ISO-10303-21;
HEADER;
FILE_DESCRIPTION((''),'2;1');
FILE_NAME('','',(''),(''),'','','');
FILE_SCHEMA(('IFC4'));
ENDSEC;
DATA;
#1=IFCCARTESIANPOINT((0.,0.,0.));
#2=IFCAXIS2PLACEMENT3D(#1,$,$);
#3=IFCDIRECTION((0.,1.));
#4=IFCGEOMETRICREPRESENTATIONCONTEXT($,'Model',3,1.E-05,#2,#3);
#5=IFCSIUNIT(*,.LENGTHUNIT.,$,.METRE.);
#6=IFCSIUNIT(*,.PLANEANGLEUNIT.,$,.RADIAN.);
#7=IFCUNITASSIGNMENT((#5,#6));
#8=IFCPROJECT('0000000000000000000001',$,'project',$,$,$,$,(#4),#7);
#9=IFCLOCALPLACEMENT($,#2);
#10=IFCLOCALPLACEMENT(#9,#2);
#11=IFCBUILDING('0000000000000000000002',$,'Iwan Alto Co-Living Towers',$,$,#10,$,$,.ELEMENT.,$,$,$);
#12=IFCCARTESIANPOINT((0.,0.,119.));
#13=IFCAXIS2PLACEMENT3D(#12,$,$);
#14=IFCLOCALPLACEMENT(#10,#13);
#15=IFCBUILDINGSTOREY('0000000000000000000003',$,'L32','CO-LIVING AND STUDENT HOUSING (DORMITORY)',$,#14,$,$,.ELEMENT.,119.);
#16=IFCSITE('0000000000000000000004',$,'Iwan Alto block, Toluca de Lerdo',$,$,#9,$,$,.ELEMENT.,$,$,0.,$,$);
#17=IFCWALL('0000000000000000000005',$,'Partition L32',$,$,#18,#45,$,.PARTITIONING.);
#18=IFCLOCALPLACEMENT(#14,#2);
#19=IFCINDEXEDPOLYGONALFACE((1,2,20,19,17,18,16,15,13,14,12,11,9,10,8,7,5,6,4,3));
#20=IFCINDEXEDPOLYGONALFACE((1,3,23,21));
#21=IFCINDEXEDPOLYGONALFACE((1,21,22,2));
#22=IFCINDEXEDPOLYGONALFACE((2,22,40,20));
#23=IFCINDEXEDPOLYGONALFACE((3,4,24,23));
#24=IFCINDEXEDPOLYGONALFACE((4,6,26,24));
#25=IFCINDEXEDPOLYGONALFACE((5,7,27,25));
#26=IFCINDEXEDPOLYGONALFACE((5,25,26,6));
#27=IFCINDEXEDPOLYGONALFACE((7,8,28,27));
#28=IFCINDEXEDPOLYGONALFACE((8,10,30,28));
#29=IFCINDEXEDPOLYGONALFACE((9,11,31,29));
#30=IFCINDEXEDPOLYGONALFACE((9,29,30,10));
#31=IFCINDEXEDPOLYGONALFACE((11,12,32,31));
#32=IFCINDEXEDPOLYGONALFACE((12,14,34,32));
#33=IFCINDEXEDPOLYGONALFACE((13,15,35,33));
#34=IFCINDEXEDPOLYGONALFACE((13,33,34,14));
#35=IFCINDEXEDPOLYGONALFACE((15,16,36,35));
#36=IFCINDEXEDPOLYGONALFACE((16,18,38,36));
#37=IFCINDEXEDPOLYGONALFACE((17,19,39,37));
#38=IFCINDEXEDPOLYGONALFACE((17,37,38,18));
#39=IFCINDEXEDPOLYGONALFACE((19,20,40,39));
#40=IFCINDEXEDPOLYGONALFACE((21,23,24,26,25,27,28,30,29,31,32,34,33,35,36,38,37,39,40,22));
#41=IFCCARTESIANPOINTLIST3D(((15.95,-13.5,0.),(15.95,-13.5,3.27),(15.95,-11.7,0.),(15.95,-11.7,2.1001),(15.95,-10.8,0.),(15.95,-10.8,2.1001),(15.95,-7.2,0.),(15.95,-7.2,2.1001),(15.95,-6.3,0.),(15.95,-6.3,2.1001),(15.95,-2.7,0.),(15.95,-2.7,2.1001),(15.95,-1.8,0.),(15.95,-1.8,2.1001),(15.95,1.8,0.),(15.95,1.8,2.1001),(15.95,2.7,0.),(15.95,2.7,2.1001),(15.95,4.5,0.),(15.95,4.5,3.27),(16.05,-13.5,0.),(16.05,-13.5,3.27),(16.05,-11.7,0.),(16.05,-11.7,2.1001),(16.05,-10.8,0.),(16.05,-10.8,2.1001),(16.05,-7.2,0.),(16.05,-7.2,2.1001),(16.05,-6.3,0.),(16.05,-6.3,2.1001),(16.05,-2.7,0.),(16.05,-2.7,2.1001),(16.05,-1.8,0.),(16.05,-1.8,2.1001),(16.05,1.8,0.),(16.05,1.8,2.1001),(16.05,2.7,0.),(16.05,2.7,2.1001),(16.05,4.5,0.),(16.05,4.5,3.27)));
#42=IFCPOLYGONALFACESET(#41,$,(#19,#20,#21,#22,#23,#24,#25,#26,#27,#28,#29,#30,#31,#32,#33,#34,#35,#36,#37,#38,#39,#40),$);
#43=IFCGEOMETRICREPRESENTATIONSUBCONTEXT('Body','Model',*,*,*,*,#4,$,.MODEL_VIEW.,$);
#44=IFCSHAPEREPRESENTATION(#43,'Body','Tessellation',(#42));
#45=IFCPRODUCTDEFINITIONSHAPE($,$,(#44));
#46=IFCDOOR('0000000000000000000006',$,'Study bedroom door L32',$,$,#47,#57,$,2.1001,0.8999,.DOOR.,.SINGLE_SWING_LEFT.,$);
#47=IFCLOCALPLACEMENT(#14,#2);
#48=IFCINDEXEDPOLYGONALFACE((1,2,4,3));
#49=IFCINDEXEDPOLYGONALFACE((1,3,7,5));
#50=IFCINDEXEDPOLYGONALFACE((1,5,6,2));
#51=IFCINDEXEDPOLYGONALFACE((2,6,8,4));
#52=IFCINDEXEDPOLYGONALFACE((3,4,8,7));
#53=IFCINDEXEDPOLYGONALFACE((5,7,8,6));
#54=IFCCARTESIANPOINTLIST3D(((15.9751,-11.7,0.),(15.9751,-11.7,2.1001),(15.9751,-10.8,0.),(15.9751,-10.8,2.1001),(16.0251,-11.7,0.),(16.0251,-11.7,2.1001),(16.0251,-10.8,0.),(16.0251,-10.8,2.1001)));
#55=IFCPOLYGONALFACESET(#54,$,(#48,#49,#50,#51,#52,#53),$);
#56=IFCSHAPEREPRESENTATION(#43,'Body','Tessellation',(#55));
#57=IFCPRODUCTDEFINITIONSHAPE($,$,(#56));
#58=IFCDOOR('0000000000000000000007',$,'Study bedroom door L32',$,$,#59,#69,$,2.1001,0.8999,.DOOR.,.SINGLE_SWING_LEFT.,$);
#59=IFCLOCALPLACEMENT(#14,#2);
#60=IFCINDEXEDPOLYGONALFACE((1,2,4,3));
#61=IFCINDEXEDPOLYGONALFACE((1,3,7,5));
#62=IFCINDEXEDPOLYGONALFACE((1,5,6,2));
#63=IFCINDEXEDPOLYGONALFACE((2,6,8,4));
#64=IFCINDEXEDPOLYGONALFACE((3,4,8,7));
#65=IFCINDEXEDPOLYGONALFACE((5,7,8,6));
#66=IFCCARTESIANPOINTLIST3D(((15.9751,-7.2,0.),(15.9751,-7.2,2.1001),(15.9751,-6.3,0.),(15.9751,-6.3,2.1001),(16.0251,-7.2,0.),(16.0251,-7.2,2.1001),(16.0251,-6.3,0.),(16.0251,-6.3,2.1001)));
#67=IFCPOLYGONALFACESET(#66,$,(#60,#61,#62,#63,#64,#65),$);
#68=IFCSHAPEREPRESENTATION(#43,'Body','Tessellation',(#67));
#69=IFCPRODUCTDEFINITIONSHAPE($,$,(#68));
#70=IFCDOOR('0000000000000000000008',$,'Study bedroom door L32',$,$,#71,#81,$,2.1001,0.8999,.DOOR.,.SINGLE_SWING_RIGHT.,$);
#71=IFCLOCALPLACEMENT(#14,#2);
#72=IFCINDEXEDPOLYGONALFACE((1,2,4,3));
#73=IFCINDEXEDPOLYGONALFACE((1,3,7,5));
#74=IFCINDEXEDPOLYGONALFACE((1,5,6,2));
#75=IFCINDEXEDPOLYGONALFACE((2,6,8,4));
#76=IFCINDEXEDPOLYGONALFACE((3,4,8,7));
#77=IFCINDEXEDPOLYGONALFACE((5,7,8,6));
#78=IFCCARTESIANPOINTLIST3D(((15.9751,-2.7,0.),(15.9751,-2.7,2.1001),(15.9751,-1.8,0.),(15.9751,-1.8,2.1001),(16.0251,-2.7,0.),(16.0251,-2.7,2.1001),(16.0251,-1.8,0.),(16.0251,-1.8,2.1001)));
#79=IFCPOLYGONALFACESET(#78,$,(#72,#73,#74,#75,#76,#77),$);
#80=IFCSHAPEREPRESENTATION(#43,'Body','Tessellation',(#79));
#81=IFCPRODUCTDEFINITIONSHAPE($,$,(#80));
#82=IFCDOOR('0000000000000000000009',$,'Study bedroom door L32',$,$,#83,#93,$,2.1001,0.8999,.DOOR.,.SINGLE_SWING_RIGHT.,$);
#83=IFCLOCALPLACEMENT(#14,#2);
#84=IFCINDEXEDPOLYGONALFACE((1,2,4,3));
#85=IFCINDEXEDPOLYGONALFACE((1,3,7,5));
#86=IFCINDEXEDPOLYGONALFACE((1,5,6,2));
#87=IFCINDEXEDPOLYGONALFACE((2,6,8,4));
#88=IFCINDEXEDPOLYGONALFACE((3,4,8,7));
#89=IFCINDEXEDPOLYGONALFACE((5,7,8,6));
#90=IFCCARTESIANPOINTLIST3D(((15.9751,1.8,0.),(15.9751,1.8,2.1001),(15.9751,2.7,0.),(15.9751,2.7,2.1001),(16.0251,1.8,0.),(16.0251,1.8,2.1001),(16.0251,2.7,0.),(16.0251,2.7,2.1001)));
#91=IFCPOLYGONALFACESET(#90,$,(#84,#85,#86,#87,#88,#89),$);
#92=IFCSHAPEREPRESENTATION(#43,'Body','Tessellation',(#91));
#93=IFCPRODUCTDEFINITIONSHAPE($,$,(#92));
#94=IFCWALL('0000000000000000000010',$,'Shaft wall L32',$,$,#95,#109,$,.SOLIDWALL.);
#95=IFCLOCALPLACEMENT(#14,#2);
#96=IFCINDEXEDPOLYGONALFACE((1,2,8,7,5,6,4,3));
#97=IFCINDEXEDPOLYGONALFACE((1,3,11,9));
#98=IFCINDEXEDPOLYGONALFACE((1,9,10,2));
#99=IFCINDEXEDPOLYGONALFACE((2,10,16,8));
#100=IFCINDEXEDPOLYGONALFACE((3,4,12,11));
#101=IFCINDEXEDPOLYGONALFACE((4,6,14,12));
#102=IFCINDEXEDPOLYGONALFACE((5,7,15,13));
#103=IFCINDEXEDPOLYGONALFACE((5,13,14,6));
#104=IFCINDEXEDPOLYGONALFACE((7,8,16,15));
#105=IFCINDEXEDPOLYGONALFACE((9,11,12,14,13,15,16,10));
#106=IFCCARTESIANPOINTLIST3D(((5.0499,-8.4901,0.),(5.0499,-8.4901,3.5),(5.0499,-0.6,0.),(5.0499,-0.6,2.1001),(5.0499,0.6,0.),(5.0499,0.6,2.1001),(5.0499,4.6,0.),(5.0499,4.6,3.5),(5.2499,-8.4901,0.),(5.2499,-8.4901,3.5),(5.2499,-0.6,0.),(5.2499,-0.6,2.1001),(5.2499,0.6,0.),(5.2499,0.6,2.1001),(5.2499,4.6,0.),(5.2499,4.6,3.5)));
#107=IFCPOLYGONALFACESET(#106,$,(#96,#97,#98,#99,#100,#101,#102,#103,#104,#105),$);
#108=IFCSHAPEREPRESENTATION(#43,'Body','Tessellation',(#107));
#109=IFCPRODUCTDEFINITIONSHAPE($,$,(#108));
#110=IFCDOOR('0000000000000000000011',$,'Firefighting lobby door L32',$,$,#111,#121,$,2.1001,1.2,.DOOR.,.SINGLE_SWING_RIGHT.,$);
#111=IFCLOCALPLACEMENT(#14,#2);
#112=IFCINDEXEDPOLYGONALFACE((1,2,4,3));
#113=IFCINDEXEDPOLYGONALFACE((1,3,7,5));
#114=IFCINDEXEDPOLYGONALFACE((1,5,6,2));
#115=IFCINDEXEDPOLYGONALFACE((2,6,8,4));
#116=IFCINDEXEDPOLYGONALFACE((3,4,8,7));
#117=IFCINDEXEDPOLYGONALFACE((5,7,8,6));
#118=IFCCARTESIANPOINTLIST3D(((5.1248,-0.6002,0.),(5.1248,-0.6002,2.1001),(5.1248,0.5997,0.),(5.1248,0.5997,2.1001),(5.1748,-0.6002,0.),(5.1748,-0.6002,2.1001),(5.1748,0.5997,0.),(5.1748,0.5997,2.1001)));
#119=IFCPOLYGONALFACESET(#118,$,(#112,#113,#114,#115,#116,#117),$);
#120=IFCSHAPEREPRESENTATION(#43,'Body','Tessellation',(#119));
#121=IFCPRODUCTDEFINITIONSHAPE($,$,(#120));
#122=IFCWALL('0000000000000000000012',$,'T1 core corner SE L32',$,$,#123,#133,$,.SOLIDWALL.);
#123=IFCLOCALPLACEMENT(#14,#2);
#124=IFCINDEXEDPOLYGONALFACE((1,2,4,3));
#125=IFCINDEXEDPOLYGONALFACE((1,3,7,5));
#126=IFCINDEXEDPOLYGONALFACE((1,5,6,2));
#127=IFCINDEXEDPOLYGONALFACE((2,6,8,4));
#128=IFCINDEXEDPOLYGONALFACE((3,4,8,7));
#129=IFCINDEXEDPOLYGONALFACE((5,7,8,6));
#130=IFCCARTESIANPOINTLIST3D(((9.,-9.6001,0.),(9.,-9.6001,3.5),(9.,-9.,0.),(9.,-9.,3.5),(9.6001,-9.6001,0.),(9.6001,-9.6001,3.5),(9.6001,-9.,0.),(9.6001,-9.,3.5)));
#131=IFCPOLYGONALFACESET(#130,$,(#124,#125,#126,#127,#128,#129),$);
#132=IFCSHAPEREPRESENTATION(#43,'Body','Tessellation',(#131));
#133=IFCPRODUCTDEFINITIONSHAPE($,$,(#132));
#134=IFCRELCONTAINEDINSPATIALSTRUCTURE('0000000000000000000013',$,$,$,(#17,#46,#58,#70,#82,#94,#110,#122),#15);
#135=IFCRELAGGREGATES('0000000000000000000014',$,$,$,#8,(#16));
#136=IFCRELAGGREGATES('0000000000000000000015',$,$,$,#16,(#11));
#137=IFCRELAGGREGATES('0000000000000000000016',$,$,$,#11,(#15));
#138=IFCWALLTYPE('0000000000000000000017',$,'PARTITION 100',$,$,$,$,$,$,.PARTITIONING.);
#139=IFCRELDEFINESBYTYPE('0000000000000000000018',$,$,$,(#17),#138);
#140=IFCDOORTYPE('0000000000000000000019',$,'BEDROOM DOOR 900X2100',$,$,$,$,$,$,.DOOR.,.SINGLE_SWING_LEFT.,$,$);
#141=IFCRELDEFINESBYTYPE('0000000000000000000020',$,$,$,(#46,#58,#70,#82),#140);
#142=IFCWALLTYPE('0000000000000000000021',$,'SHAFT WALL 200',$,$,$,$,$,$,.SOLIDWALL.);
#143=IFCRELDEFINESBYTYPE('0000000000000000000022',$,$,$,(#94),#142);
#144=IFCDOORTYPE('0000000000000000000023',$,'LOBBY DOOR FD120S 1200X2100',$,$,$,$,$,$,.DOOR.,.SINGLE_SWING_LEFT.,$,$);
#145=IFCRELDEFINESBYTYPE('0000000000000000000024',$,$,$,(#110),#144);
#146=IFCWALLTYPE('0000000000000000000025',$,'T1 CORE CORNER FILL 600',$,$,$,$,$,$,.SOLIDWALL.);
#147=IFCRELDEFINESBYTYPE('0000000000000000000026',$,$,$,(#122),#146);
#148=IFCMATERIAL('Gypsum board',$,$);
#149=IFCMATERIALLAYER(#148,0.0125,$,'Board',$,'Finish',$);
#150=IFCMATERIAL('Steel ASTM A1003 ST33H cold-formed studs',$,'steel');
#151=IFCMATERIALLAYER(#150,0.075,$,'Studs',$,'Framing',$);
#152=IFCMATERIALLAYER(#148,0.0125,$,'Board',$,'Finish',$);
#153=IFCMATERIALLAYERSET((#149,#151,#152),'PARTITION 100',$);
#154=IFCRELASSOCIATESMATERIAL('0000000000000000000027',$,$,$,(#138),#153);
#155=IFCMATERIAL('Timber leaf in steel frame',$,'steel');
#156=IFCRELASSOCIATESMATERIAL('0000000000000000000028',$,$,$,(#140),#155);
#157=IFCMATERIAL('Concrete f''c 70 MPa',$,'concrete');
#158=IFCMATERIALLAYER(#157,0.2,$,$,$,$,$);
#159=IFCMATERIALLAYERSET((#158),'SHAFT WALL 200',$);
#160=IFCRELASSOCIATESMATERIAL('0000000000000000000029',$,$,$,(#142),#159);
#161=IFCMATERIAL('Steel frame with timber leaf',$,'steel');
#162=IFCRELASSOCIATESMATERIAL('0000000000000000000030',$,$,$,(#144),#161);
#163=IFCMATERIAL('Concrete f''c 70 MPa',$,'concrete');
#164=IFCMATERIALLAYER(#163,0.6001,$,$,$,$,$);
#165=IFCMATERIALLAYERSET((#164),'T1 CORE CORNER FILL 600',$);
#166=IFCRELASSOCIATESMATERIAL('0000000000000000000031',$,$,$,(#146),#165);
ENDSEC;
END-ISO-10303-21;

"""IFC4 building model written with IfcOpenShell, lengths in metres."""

from ifc_helpers import new_model, si_unit, direction, frame, frame_2d, origin, place, context, subcontext, project, spatial, rectangle, extrude, material, layer, layer_set, type_object, element, fill, save


model = new_model("IFC4")

# Units and contexts
model_context = context("Model", 3, precision=1e-05, world=origin(), true_north=direction((0.0, 1.0)))
body_context = subcontext(model_context, "Body", "Model", "MODEL_VIEW")
ifc_project = project(units=[si_unit("LENGTHUNIT", "METRE"), si_unit("PLANEANGLEUNIT", "RADIAN")], contexts=[model_context])

# Site, building, storey
site_placement = place(None, origin())
site = spatial("IfcSite", under=ifc_project, at=site_placement, Name="Iwan Alto block, Toluca de Lerdo", CompositionType="ELEMENT", RefElevation=0.0)
building_placement = place(site_placement, origin())
building = spatial("IfcBuilding", under=site, at=building_placement, Name="Iwan Alto Co-Living Towers", CompositionType="ELEMENT")
storey_placement = place(building_placement, frame((0.0, 0.0, 119.0)))
storey = spatial("IfcBuildingStorey", under=building, at=storey_placement, Name="L32", Description="CO-LIVING AND STUDENT HOUSING (DORMITORY)", CompositionType="ELEMENT", Elevation=119.0)

# Shared definitions
ifc_material_1 = material(Name="Gypsum board")
ifc_material_2 = material(Name="Steel ASTM A1003 ST33H cold-formed studs", Category="steel")

# Shared definitions
ifc_layer_1 = layer(ifc_material_1, 0.0125, Name="Board", Category="Finish")
ifc_layer_2 = layer(ifc_material_2, 0.075, Name="Studs", Category="Framing")
ifc_layer_3 = layer(ifc_material_1, 0.0125, Name="Board", Category="Finish")
ifc_layer_set_1 = layer_set([ifc_layer_1, ifc_layer_2, ifc_layer_3], Name="PARTITION 100")
wall_type_1 = type_object("IfcWallType", Name="PARTITION 100", PredefinedType="PARTITIONING", material=ifc_layer_set_1)

# Wall, openings, doors
wall_1_placement = place(storey_placement, frame((16.0, -13.5, 0.0), z_axis=(0.0, 0.0, 1.0), x_axis=(0.0, 1.0, 0.0)))
wall_1 = element("IfcWall", 1, at=wall_1_placement, inside=storey, type_object=wall_type_1, Name="Partition L32", PredefinedType="PARTITIONING", context=body_context, shape_type="SweptSolid", body=[
    extrude(rectangle(XDim=18.0, YDim=0.1001, at=frame_2d((9.0, 0.0))), origin(), (0.0, 0.0, 1.0), 3.27),
])
opening_1_placement = place(wall_1_placement, frame((1.8, 0.0, 0.0)))
opening_1 = element("IfcOpeningElement", 2, at=opening_1_placement, cuts=wall_1, PredefinedType="OPENING", context=body_context, shape_type="SweptSolid", body=[
    extrude(rectangle(XDim=0.8999, YDim=2.1001, at=frame_2d((0.45, 1.05))), frame((0.0, 0.0601, 0.0), z_axis=(0.0, -1.0, 0.0), x_axis=(1.0, 0.0, 0.0)), (0.0, 0.0, 1.0), 0.1201),
])
opening_2_placement = place(wall_1_placement, frame((6.3, 0.0, 0.0)))
opening_2 = element("IfcOpeningElement", 3, at=opening_2_placement, cuts=wall_1, PredefinedType="OPENING", context=body_context, shape_type="SweptSolid", body=[
    extrude(rectangle(XDim=0.8999, YDim=2.1001, at=frame_2d((0.45, 1.05))), frame((0.0, 0.0601, 0.0), z_axis=(0.0, -1.0, 0.0), x_axis=(1.0, 0.0, 0.0)), (0.0, 0.0, 1.0), 0.1201),
])
opening_3_placement = place(wall_1_placement, frame((10.8, 0.0, 0.0)))
opening_3 = element("IfcOpeningElement", 4, at=opening_3_placement, cuts=wall_1, PredefinedType="OPENING", context=body_context, shape_type="SweptSolid", body=[
    extrude(rectangle(XDim=0.8999, YDim=2.1001, at=frame_2d((0.45, 1.05))), frame((0.0, 0.0601, 0.0), z_axis=(0.0, -1.0, 0.0), x_axis=(1.0, 0.0, 0.0)), (0.0, 0.0, 1.0), 0.1201),
])
opening_4_placement = place(wall_1_placement, frame((15.3, 0.0, 0.0)))
opening_4 = element("IfcOpeningElement", 5, at=opening_4_placement, cuts=wall_1, PredefinedType="OPENING", context=body_context, shape_type="SweptSolid", body=[
    extrude(rectangle(XDim=0.8999, YDim=2.1001, at=frame_2d((0.45, 1.05))), frame((0.0, 0.0601, 0.0), z_axis=(0.0, -1.0, 0.0), x_axis=(1.0, 0.0, 0.0)), (0.0, 0.0, 1.0), 0.1201),
])
ifc_material_3 = material(Name="Timber leaf in steel frame", Category="steel")
door_type_1 = type_object("IfcDoorType", Name="BEDROOM DOOR 900X2100", OperationType="SINGLE_SWING_LEFT", PredefinedType="DOOR", material=ifc_material_3)
door_1_placement = place(opening_1_placement, origin())
door_1 = element("IfcDoor", 6, at=door_1_placement, inside=storey, type_object=door_type_1, Name="Study bedroom door L32", OperationType="SINGLE_SWING_LEFT", OverallHeight=2.1001, OverallWidth=0.8999, PredefinedType="DOOR", context=body_context, shape_type="SweptSolid", body=[
    extrude(rectangle(XDim=0.8999, YDim=2.1001, at=frame_2d((0.45, 1.05))), frame((0.0, 0.0249, 0.0), z_axis=(0.0, -1.0, 0.0), x_axis=(1.0, 0.0, 0.0)), (0.0, 0.0, 1.0), 0.05),
])
fill(opening_1, door_1)
door_2_placement = place(opening_2_placement, origin())
door_2 = element("IfcDoor", 7, at=door_2_placement, inside=storey, type_object=door_type_1, Name="Study bedroom door L32", OperationType="SINGLE_SWING_LEFT", OverallHeight=2.1001, OverallWidth=0.8999, PredefinedType="DOOR", context=body_context, shape_type="SweptSolid", body=[
    extrude(rectangle(XDim=0.8999, YDim=2.1001, at=frame_2d((0.45, 1.05))), frame((0.0, 0.0249, 0.0), z_axis=(0.0, -1.0, 0.0), x_axis=(1.0, 0.0, 0.0)), (0.0, 0.0, 1.0), 0.05),
])
fill(opening_2, door_2)
door_3_placement = place(opening_3_placement, origin())
door_3 = element("IfcDoor", 8, at=door_3_placement, inside=storey, type_object=door_type_1, Name="Study bedroom door L32", OperationType="SINGLE_SWING_RIGHT", OverallHeight=2.1001, OverallWidth=0.8999, PredefinedType="DOOR", context=body_context, shape_type="SweptSolid", body=[
    extrude(rectangle(XDim=0.8999, YDim=2.1001, at=frame_2d((0.45, 1.05))), frame((0.0, 0.0249, 0.0), z_axis=(0.0, -1.0, 0.0), x_axis=(1.0, 0.0, 0.0)), (0.0, 0.0, 1.0), 0.05),
])
fill(opening_3, door_3)
door_4_placement = place(opening_4_placement, origin())
door_4 = element("IfcDoor", 9, at=door_4_placement, inside=storey, type_object=door_type_1, Name="Study bedroom door L32", OperationType="SINGLE_SWING_RIGHT", OverallHeight=2.1001, OverallWidth=0.8999, PredefinedType="DOOR", context=body_context, shape_type="SweptSolid", body=[
    extrude(rectangle(XDim=0.8999, YDim=2.1001, at=frame_2d((0.45, 1.05))), frame((0.0, 0.0249, 0.0), z_axis=(0.0, -1.0, 0.0), x_axis=(1.0, 0.0, 0.0)), (0.0, 0.0, 1.0), 0.05),
])
fill(opening_4, door_4)

# Wall, opening, door
ifc_material_4 = material(Name="Concrete f'c 70 MPa", Category="concrete")
ifc_layer_4 = layer(ifc_material_4, 0.2)
ifc_layer_set_2 = layer_set([ifc_layer_4], Name="SHAFT WALL 200")
wall_type_2 = type_object("IfcWallType", Name="SHAFT WALL 200", PredefinedType="SOLIDWALL", material=ifc_layer_set_2)
wall_2_placement = place(storey_placement, frame((5.1499, -8.49, 0.0), z_axis=(0.0, 0.0, 1.0), x_axis=(0.0, 1.0, 0.0)))
wall_2 = element("IfcWall", 10, at=wall_2_placement, inside=storey, type_object=wall_type_2, Name="Shaft wall L32", PredefinedType="SOLIDWALL", context=body_context, shape_type="SweptSolid", body=[
    extrude(rectangle(XDim=13.0901, YDim=0.2, at=frame_2d((6.5449, 0.0))), origin(), (0.0, 0.0, 1.0), 3.5),
])
opening_5_placement = place(wall_2_placement, frame((7.8899, 0.0, 0.0)))
opening_5 = element("IfcOpeningElement", 11, at=opening_5_placement, cuts=wall_2, PredefinedType="OPENING", context=body_context, shape_type="SweptSolid", body=[
    extrude(rectangle(XDim=1.2, YDim=2.1001, at=frame_2d((0.6001, 1.05))), frame((0.0, 0.1099, 0.0), z_axis=(0.0, -1.0, 0.0), x_axis=(1.0, 0.0, 0.0)), (0.0, 0.0, 1.0), 0.22),
])
ifc_material_5 = material(Name="Steel frame with timber leaf", Category="steel")
door_type_2 = type_object("IfcDoorType", Name="LOBBY DOOR FD120S 1200X2100", OperationType="SINGLE_SWING_LEFT", PredefinedType="DOOR", material=ifc_material_5)
door_5_placement = place(opening_5_placement, frame((1.2, 0.0, 0.0), z_axis=(0.0, 0.0, 1.0), x_axis=(-1.0, 0.0, 0.0)))
door_5 = element("IfcDoor", 12, at=door_5_placement, inside=storey, type_object=door_type_2, Name="Firefighting lobby door L32", OperationType="SINGLE_SWING_RIGHT", OverallHeight=2.1001, OverallWidth=1.2, PredefinedType="DOOR", context=body_context, shape_type="SweptSolid", body=[
    extrude(rectangle(XDim=1.2, YDim=2.1001, at=frame_2d((0.6001, 1.05))), frame((0.0, 0.0249, 0.0), z_axis=(0.0, -1.0, 0.0), x_axis=(1.0, 0.0, 0.0)), (0.0, 0.0, 1.0), 0.05),
])
fill(opening_5, door_5)

# Wall
ifc_material_6 = material(Name="Concrete f'c 70 MPa", Category="concrete")
ifc_layer_5 = layer(ifc_material_6, 0.6001)
ifc_layer_set_3 = layer_set([ifc_layer_5], Name="T1 CORE CORNER FILL 600")
wall_type_3 = type_object("IfcWallType", Name="T1 CORE CORNER FILL 600", PredefinedType="SOLIDWALL", material=ifc_layer_set_3)
wall_3_placement = place(storey_placement, frame((9.0, -9.3, 0.0), z_axis=(0.0, 0.0, 1.0), x_axis=(1.0, 0.0, 0.0)))
element("IfcWall", 13, at=wall_3_placement, inside=storey, type_object=wall_type_3, Name="T1 core corner SE L32", PredefinedType="SOLIDWALL", context=body_context, shape_type="SweptSolid", body=[
    extrude(rectangle(XDim=0.6001, YDim=0.6001, at=frame_2d((0.3, 0.0))), origin(), (0.0, 0.0, 1.0), 3.5),
])

save(model, "model.ifc")
